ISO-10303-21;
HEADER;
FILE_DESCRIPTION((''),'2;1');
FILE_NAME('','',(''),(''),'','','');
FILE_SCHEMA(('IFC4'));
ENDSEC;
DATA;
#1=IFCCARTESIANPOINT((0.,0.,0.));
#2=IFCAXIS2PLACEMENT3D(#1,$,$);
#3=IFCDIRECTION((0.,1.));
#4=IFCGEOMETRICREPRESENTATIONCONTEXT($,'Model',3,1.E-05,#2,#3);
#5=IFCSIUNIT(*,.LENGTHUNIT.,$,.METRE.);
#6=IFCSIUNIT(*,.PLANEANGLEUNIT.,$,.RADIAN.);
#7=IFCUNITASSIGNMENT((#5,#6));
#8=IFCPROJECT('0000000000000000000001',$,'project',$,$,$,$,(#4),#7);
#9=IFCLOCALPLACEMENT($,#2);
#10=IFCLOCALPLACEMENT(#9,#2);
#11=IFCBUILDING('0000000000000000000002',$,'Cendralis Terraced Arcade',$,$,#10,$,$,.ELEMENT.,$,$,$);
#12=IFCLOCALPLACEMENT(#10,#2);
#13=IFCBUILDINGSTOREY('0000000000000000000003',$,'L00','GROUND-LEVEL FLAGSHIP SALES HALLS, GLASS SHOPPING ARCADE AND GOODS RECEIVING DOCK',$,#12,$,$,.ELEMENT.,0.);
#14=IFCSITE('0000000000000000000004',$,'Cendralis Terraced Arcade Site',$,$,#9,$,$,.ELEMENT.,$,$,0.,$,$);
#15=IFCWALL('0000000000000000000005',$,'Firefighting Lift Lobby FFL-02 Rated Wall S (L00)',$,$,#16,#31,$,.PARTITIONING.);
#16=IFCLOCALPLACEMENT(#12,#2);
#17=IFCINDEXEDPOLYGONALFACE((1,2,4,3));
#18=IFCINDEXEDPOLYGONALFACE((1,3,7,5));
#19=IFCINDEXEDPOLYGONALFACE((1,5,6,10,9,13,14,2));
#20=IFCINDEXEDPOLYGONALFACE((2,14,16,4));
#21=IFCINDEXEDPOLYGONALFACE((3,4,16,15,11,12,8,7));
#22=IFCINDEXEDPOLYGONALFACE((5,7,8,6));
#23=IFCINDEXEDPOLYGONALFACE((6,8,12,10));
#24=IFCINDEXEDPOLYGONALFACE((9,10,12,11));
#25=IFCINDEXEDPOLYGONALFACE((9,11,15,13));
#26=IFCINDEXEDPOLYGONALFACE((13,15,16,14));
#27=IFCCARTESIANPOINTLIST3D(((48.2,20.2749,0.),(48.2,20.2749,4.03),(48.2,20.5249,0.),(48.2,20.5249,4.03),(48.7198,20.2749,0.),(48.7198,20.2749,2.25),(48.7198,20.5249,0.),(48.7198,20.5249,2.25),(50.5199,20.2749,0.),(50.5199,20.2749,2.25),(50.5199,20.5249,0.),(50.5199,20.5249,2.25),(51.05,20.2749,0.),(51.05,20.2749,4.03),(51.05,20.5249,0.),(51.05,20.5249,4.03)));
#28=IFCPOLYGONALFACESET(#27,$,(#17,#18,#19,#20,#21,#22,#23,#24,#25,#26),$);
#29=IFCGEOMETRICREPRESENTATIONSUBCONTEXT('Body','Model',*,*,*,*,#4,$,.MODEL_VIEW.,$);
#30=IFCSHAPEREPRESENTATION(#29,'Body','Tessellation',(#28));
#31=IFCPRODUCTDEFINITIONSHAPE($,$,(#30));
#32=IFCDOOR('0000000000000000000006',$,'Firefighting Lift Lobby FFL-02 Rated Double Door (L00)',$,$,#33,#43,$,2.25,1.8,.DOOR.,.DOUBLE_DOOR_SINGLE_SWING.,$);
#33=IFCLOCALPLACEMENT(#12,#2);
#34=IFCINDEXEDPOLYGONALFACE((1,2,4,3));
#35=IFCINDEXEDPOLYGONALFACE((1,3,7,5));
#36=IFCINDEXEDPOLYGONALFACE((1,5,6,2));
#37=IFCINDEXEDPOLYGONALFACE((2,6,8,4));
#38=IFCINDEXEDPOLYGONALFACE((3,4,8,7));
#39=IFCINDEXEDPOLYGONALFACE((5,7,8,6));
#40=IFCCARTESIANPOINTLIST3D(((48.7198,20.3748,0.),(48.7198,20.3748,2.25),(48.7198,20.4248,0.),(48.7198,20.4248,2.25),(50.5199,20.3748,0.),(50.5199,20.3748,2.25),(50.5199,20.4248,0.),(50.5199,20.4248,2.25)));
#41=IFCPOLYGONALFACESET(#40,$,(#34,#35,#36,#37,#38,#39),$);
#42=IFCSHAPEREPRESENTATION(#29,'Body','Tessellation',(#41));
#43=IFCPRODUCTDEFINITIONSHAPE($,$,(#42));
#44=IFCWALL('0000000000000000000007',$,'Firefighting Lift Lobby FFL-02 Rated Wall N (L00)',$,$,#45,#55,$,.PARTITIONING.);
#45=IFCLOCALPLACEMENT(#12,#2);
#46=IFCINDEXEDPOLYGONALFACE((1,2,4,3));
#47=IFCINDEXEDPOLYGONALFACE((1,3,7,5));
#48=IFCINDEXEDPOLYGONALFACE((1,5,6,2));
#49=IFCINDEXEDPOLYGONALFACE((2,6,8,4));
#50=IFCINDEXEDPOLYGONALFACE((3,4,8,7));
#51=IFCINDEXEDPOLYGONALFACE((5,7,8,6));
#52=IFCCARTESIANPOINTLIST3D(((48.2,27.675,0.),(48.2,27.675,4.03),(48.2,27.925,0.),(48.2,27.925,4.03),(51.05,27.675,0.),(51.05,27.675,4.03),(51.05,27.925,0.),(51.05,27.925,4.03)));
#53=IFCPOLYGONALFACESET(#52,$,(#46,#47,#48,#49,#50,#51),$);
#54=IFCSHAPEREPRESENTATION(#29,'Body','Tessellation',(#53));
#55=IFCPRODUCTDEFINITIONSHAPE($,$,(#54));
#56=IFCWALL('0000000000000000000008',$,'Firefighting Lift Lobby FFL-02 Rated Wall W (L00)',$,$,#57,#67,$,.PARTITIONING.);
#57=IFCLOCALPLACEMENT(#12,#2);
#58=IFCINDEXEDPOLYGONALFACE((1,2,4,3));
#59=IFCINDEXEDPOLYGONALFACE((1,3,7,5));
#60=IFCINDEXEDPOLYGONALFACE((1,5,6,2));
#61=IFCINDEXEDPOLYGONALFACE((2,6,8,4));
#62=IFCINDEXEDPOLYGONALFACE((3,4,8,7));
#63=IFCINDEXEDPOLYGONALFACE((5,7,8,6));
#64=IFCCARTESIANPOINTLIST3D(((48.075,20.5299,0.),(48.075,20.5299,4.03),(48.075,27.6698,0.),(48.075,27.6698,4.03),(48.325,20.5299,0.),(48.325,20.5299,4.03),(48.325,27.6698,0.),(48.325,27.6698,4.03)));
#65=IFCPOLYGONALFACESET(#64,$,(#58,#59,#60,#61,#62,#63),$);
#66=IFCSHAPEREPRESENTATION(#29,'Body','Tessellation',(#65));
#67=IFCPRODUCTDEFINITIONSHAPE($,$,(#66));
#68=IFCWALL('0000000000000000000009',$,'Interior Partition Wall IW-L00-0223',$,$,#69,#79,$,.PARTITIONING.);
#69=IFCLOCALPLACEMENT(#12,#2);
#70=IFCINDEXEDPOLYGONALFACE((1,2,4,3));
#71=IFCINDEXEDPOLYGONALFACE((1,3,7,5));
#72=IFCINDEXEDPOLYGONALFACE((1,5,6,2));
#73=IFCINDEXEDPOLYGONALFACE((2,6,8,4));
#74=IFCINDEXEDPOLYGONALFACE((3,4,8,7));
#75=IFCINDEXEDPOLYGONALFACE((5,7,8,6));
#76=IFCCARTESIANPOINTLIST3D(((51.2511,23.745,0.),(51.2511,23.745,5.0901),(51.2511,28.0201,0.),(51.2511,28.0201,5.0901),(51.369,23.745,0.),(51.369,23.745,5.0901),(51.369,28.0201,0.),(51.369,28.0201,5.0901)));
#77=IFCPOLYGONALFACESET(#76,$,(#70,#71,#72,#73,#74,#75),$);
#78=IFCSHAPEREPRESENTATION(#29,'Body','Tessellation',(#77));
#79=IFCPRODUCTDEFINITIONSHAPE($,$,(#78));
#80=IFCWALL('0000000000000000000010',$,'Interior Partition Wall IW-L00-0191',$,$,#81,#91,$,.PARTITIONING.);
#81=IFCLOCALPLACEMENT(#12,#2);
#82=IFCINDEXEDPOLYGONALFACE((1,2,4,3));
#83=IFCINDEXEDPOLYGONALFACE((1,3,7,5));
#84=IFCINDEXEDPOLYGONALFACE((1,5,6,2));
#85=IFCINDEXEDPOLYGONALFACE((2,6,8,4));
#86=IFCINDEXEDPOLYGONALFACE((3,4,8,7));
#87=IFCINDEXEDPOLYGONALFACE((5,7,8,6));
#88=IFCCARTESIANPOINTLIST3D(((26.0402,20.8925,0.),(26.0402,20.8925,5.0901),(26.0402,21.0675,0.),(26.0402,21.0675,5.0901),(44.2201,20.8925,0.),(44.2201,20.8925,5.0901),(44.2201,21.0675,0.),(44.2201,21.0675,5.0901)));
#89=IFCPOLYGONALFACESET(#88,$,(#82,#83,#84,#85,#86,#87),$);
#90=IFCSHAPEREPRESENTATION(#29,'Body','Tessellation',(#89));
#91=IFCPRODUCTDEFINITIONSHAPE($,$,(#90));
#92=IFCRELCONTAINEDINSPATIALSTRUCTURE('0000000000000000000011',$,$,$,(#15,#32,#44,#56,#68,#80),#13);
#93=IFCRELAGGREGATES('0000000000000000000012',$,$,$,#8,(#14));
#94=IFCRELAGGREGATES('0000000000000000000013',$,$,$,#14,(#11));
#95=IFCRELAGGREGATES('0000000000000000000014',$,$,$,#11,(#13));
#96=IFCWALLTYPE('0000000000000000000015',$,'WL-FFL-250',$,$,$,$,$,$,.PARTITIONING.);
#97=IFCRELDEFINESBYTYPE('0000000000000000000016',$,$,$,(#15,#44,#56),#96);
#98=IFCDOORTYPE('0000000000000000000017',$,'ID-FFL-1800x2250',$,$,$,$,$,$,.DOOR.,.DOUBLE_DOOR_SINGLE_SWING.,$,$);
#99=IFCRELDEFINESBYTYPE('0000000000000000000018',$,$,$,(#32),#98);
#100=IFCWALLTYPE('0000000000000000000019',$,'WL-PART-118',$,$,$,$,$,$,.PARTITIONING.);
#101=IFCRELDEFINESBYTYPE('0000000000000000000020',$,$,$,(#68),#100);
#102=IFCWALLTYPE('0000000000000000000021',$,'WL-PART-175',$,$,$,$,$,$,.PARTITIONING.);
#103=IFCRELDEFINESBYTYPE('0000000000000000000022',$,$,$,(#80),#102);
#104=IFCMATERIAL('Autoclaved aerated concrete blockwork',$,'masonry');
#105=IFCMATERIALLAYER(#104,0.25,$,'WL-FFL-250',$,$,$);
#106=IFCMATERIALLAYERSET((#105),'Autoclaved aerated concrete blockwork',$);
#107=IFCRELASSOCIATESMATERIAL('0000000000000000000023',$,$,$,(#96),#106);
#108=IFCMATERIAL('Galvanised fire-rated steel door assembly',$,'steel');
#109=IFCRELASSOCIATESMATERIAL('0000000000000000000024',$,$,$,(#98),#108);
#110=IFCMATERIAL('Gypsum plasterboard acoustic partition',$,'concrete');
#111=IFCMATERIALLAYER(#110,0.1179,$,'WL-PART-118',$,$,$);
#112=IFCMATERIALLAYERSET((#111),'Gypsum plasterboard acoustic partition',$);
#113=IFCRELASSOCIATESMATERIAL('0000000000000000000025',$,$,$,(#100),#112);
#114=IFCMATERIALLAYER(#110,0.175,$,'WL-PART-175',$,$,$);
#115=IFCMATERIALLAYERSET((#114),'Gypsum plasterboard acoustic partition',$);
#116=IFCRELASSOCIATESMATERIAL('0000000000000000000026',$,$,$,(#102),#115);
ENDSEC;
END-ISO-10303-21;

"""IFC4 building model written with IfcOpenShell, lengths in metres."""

from ifc_helpers import new_model, si_unit, direction, frame, frame_2d, origin, place, context, subcontext, project, spatial, rectangle, extrude, material, layer, layer_set, type_object, element, fill, save


model = new_model("IFC4")

# Units and contexts
model_context = context("Model", 3, precision=1e-05, world=origin(), true_north=direction((0.0, 1.0)))
body_context = subcontext(model_context, "Body", "Model", "MODEL_VIEW")
ifc_project = project(units=[si_unit("LENGTHUNIT", "METRE"), si_unit("PLANEANGLEUNIT", "RADIAN")], contexts=[model_context])

# Site, building, storey
site_placement = place(None, origin())
site = spatial("IfcSite", under=ifc_project, at=site_placement, Name="Cendralis Terraced Arcade Site", CompositionType="ELEMENT", RefElevation=0.0)
building_placement = place(site_placement, origin())
building = spatial("IfcBuilding", under=site, at=building_placement, Name="Cendralis Terraced Arcade", CompositionType="ELEMENT")
storey_placement = place(building_placement, origin())
storey = spatial("IfcBuildingStorey", under=building, at=storey_placement, Name="L00", Description="GROUND-LEVEL FLAGSHIP SALES HALLS, GLASS SHOPPING ARCADE AND GOODS RECEIVING DOCK", CompositionType="ELEMENT", Elevation=0.0)

# Shared definitions
ifc_material_1 = material(Name="Galvanised fire-rated steel door assembly", Category="steel")

# Wall, opening, door
ifc_material_2 = material(Name="Autoclaved aerated concrete blockwork", Category="masonry")
ifc_layer_1 = layer(ifc_material_2, 0.25, Name="WL-FFL-250")
ifc_layer_set_1 = layer_set([ifc_layer_1], Name="Autoclaved aerated concrete blockwork")
wall_type_1 = type_object("IfcWallType", Name="WL-FFL-250", PredefinedType="PARTITIONING", material=ifc_layer_set_1)
wall_1_placement = place(storey_placement, frame((48.2, 20.3999, 0.0), z_axis=(0.0, 0.0, 1.0), x_axis=(1.0, 0.0, 0.0)))
wall_1 = element("IfcWall", 1, at=wall_1_placement, inside=storey, type_object=wall_type_1, Name="Firefighting Lift Lobby FFL-02 Rated Wall S (L00)", PredefinedType="PARTITIONING", context=body_context, shape_type="SweptSolid", body=[
    extrude(rectangle(XDim=2.8501, YDim=0.25, at=frame_2d((1.425, 0.0))), origin(), (0.0, 0.0, 1.0), 4.03),
])
opening_1_placement = place(wall_1_placement, frame((0.52, 0.0, 0.0)))
opening_1 = element("IfcOpeningElement", 2, at=opening_1_placement, cuts=wall_1, PredefinedType="OPENING", context=body_context, shape_type="SweptSolid", body=[
    extrude(rectangle(XDim=1.8, YDim=2.25, at=frame_2d((0.8999, 1.125))), frame((0.0, 0.137, 0.0), z_axis=(0.0, -1.0, 0.0), x_axis=(1.0, 0.0, 0.0)), (0.0, 0.0, 1.0), 0.2739),
])
door_type_1 = type_object("IfcDoorType", Name="ID-FFL-1800x2250", OperationType="DOUBLE_DOOR_SINGLE_SWING", PredefinedType="DOOR", material=ifc_material_1)
door_1_placement = place(opening_1_placement, origin())
door_1 = element("IfcDoor", 3, at=door_1_placement, inside=storey, type_object=door_type_1, Name="Firefighting Lift Lobby FFL-02 Rated Double Door (L00)", OperationType="DOUBLE_DOOR_SINGLE_SWING", OverallHeight=2.25, OverallWidth=1.8, PredefinedType="DOOR", context=body_context, shape_type="SweptSolid", body=[
    extrude(rectangle(XDim=1.8, YDim=2.25, at=frame_2d((0.8999, 1.125))), frame((0.0, 0.0249, 0.0), z_axis=(0.0, -1.0, 0.0), x_axis=(1.0, 0.0, 0.0)), (0.0, 0.0, 1.0), 0.05),
])
fill(opening_1, door_1)

# Walls
wall_2_placement = place(storey_placement, frame((48.2, 27.8, 0.0), z_axis=(0.0, 0.0, 1.0), x_axis=(1.0, 0.0, 0.0)))
element("IfcWall", 4, at=wall_2_placement, inside=storey, type_object=wall_type_1, Name="Firefighting Lift Lobby FFL-02 Rated Wall N (L00)", PredefinedType="PARTITIONING", context=body_context, shape_type="SweptSolid", body=[
    extrude(rectangle(XDim=2.8501, YDim=0.25, at=frame_2d((1.425, 0.0))), origin(), (0.0, 0.0, 1.0), 4.03),
])
wall_3_placement = place(storey_placement, frame((48.2, 20.53, 0.0), z_axis=(0.0, 0.0, 1.0), x_axis=(0.0, 1.0, 0.0)))
element("IfcWall", 5, at=wall_3_placement, inside=storey, type_object=wall_type_1, Name="Firefighting Lift Lobby FFL-02 Rated Wall W (L00)", PredefinedType="PARTITIONING", context=body_context, shape_type="SweptSolid", body=[
    extrude(rectangle(XDim=7.1399, YDim=0.25, at=frame_2d((3.5698, 0.0))), origin(), (0.0, 0.0, 1.0), 4.03),
])
ifc_material_3 = material(Name="Gypsum plasterboard acoustic partition", Category="concrete")
ifc_layer_2 = layer(ifc_material_3, 0.1179, Name="WL-PART-118")
ifc_layer_set_2 = layer_set([ifc_layer_2], Name="Gypsum plasterboard acoustic partition")
wall_type_2 = type_object("IfcWallType", Name="WL-PART-118", PredefinedType="PARTITIONING", material=ifc_layer_set_2)
wall_4_placement = place(storey_placement, frame((51.3101, 23.7449, 0.0), z_axis=(0.0, 0.0, 1.0), x_axis=(0.0, 1.0, 0.0)))
element("IfcWall", 6, at=wall_4_placement, inside=storey, type_object=wall_type_2, Name="Interior Partition Wall IW-L00-0223", PredefinedType="PARTITIONING", context=body_context, shape_type="SweptSolid", body=[
    extrude(rectangle(XDim=4.2751, YDim=0.1179, at=frame_2d((2.1377, 0.0))), origin(), (0.0, 0.0, 1.0), 5.0901),
])
ifc_layer_3 = layer(ifc_material_3, 0.175, Name="WL-PART-175")
ifc_layer_set_3 = layer_set([ifc_layer_3], Name="Gypsum plasterboard acoustic partition")
wall_type_3 = type_object("IfcWallType", Name="WL-PART-175", PredefinedType="PARTITIONING", material=ifc_layer_set_3)
wall_5_placement = place(storey_placement, frame((44.22, 20.98, 0.0), z_axis=(0.0, 0.0, 1.0), x_axis=(-1.0, 0.0, 0.0)))
element("IfcWall", 7, at=wall_5_placement, inside=storey, type_object=wall_type_3, Name="Interior Partition Wall IW-L00-0191", PredefinedType="PARTITIONING", context=body_context, shape_type="SweptSolid", body=[
    extrude(rectangle(XDim=18.1799, YDim=0.175, at=frame_2d((9.0898, 0.0))), origin(), (0.0, 0.0, 1.0), 5.0901),
])

save(model, "model.ifc")
